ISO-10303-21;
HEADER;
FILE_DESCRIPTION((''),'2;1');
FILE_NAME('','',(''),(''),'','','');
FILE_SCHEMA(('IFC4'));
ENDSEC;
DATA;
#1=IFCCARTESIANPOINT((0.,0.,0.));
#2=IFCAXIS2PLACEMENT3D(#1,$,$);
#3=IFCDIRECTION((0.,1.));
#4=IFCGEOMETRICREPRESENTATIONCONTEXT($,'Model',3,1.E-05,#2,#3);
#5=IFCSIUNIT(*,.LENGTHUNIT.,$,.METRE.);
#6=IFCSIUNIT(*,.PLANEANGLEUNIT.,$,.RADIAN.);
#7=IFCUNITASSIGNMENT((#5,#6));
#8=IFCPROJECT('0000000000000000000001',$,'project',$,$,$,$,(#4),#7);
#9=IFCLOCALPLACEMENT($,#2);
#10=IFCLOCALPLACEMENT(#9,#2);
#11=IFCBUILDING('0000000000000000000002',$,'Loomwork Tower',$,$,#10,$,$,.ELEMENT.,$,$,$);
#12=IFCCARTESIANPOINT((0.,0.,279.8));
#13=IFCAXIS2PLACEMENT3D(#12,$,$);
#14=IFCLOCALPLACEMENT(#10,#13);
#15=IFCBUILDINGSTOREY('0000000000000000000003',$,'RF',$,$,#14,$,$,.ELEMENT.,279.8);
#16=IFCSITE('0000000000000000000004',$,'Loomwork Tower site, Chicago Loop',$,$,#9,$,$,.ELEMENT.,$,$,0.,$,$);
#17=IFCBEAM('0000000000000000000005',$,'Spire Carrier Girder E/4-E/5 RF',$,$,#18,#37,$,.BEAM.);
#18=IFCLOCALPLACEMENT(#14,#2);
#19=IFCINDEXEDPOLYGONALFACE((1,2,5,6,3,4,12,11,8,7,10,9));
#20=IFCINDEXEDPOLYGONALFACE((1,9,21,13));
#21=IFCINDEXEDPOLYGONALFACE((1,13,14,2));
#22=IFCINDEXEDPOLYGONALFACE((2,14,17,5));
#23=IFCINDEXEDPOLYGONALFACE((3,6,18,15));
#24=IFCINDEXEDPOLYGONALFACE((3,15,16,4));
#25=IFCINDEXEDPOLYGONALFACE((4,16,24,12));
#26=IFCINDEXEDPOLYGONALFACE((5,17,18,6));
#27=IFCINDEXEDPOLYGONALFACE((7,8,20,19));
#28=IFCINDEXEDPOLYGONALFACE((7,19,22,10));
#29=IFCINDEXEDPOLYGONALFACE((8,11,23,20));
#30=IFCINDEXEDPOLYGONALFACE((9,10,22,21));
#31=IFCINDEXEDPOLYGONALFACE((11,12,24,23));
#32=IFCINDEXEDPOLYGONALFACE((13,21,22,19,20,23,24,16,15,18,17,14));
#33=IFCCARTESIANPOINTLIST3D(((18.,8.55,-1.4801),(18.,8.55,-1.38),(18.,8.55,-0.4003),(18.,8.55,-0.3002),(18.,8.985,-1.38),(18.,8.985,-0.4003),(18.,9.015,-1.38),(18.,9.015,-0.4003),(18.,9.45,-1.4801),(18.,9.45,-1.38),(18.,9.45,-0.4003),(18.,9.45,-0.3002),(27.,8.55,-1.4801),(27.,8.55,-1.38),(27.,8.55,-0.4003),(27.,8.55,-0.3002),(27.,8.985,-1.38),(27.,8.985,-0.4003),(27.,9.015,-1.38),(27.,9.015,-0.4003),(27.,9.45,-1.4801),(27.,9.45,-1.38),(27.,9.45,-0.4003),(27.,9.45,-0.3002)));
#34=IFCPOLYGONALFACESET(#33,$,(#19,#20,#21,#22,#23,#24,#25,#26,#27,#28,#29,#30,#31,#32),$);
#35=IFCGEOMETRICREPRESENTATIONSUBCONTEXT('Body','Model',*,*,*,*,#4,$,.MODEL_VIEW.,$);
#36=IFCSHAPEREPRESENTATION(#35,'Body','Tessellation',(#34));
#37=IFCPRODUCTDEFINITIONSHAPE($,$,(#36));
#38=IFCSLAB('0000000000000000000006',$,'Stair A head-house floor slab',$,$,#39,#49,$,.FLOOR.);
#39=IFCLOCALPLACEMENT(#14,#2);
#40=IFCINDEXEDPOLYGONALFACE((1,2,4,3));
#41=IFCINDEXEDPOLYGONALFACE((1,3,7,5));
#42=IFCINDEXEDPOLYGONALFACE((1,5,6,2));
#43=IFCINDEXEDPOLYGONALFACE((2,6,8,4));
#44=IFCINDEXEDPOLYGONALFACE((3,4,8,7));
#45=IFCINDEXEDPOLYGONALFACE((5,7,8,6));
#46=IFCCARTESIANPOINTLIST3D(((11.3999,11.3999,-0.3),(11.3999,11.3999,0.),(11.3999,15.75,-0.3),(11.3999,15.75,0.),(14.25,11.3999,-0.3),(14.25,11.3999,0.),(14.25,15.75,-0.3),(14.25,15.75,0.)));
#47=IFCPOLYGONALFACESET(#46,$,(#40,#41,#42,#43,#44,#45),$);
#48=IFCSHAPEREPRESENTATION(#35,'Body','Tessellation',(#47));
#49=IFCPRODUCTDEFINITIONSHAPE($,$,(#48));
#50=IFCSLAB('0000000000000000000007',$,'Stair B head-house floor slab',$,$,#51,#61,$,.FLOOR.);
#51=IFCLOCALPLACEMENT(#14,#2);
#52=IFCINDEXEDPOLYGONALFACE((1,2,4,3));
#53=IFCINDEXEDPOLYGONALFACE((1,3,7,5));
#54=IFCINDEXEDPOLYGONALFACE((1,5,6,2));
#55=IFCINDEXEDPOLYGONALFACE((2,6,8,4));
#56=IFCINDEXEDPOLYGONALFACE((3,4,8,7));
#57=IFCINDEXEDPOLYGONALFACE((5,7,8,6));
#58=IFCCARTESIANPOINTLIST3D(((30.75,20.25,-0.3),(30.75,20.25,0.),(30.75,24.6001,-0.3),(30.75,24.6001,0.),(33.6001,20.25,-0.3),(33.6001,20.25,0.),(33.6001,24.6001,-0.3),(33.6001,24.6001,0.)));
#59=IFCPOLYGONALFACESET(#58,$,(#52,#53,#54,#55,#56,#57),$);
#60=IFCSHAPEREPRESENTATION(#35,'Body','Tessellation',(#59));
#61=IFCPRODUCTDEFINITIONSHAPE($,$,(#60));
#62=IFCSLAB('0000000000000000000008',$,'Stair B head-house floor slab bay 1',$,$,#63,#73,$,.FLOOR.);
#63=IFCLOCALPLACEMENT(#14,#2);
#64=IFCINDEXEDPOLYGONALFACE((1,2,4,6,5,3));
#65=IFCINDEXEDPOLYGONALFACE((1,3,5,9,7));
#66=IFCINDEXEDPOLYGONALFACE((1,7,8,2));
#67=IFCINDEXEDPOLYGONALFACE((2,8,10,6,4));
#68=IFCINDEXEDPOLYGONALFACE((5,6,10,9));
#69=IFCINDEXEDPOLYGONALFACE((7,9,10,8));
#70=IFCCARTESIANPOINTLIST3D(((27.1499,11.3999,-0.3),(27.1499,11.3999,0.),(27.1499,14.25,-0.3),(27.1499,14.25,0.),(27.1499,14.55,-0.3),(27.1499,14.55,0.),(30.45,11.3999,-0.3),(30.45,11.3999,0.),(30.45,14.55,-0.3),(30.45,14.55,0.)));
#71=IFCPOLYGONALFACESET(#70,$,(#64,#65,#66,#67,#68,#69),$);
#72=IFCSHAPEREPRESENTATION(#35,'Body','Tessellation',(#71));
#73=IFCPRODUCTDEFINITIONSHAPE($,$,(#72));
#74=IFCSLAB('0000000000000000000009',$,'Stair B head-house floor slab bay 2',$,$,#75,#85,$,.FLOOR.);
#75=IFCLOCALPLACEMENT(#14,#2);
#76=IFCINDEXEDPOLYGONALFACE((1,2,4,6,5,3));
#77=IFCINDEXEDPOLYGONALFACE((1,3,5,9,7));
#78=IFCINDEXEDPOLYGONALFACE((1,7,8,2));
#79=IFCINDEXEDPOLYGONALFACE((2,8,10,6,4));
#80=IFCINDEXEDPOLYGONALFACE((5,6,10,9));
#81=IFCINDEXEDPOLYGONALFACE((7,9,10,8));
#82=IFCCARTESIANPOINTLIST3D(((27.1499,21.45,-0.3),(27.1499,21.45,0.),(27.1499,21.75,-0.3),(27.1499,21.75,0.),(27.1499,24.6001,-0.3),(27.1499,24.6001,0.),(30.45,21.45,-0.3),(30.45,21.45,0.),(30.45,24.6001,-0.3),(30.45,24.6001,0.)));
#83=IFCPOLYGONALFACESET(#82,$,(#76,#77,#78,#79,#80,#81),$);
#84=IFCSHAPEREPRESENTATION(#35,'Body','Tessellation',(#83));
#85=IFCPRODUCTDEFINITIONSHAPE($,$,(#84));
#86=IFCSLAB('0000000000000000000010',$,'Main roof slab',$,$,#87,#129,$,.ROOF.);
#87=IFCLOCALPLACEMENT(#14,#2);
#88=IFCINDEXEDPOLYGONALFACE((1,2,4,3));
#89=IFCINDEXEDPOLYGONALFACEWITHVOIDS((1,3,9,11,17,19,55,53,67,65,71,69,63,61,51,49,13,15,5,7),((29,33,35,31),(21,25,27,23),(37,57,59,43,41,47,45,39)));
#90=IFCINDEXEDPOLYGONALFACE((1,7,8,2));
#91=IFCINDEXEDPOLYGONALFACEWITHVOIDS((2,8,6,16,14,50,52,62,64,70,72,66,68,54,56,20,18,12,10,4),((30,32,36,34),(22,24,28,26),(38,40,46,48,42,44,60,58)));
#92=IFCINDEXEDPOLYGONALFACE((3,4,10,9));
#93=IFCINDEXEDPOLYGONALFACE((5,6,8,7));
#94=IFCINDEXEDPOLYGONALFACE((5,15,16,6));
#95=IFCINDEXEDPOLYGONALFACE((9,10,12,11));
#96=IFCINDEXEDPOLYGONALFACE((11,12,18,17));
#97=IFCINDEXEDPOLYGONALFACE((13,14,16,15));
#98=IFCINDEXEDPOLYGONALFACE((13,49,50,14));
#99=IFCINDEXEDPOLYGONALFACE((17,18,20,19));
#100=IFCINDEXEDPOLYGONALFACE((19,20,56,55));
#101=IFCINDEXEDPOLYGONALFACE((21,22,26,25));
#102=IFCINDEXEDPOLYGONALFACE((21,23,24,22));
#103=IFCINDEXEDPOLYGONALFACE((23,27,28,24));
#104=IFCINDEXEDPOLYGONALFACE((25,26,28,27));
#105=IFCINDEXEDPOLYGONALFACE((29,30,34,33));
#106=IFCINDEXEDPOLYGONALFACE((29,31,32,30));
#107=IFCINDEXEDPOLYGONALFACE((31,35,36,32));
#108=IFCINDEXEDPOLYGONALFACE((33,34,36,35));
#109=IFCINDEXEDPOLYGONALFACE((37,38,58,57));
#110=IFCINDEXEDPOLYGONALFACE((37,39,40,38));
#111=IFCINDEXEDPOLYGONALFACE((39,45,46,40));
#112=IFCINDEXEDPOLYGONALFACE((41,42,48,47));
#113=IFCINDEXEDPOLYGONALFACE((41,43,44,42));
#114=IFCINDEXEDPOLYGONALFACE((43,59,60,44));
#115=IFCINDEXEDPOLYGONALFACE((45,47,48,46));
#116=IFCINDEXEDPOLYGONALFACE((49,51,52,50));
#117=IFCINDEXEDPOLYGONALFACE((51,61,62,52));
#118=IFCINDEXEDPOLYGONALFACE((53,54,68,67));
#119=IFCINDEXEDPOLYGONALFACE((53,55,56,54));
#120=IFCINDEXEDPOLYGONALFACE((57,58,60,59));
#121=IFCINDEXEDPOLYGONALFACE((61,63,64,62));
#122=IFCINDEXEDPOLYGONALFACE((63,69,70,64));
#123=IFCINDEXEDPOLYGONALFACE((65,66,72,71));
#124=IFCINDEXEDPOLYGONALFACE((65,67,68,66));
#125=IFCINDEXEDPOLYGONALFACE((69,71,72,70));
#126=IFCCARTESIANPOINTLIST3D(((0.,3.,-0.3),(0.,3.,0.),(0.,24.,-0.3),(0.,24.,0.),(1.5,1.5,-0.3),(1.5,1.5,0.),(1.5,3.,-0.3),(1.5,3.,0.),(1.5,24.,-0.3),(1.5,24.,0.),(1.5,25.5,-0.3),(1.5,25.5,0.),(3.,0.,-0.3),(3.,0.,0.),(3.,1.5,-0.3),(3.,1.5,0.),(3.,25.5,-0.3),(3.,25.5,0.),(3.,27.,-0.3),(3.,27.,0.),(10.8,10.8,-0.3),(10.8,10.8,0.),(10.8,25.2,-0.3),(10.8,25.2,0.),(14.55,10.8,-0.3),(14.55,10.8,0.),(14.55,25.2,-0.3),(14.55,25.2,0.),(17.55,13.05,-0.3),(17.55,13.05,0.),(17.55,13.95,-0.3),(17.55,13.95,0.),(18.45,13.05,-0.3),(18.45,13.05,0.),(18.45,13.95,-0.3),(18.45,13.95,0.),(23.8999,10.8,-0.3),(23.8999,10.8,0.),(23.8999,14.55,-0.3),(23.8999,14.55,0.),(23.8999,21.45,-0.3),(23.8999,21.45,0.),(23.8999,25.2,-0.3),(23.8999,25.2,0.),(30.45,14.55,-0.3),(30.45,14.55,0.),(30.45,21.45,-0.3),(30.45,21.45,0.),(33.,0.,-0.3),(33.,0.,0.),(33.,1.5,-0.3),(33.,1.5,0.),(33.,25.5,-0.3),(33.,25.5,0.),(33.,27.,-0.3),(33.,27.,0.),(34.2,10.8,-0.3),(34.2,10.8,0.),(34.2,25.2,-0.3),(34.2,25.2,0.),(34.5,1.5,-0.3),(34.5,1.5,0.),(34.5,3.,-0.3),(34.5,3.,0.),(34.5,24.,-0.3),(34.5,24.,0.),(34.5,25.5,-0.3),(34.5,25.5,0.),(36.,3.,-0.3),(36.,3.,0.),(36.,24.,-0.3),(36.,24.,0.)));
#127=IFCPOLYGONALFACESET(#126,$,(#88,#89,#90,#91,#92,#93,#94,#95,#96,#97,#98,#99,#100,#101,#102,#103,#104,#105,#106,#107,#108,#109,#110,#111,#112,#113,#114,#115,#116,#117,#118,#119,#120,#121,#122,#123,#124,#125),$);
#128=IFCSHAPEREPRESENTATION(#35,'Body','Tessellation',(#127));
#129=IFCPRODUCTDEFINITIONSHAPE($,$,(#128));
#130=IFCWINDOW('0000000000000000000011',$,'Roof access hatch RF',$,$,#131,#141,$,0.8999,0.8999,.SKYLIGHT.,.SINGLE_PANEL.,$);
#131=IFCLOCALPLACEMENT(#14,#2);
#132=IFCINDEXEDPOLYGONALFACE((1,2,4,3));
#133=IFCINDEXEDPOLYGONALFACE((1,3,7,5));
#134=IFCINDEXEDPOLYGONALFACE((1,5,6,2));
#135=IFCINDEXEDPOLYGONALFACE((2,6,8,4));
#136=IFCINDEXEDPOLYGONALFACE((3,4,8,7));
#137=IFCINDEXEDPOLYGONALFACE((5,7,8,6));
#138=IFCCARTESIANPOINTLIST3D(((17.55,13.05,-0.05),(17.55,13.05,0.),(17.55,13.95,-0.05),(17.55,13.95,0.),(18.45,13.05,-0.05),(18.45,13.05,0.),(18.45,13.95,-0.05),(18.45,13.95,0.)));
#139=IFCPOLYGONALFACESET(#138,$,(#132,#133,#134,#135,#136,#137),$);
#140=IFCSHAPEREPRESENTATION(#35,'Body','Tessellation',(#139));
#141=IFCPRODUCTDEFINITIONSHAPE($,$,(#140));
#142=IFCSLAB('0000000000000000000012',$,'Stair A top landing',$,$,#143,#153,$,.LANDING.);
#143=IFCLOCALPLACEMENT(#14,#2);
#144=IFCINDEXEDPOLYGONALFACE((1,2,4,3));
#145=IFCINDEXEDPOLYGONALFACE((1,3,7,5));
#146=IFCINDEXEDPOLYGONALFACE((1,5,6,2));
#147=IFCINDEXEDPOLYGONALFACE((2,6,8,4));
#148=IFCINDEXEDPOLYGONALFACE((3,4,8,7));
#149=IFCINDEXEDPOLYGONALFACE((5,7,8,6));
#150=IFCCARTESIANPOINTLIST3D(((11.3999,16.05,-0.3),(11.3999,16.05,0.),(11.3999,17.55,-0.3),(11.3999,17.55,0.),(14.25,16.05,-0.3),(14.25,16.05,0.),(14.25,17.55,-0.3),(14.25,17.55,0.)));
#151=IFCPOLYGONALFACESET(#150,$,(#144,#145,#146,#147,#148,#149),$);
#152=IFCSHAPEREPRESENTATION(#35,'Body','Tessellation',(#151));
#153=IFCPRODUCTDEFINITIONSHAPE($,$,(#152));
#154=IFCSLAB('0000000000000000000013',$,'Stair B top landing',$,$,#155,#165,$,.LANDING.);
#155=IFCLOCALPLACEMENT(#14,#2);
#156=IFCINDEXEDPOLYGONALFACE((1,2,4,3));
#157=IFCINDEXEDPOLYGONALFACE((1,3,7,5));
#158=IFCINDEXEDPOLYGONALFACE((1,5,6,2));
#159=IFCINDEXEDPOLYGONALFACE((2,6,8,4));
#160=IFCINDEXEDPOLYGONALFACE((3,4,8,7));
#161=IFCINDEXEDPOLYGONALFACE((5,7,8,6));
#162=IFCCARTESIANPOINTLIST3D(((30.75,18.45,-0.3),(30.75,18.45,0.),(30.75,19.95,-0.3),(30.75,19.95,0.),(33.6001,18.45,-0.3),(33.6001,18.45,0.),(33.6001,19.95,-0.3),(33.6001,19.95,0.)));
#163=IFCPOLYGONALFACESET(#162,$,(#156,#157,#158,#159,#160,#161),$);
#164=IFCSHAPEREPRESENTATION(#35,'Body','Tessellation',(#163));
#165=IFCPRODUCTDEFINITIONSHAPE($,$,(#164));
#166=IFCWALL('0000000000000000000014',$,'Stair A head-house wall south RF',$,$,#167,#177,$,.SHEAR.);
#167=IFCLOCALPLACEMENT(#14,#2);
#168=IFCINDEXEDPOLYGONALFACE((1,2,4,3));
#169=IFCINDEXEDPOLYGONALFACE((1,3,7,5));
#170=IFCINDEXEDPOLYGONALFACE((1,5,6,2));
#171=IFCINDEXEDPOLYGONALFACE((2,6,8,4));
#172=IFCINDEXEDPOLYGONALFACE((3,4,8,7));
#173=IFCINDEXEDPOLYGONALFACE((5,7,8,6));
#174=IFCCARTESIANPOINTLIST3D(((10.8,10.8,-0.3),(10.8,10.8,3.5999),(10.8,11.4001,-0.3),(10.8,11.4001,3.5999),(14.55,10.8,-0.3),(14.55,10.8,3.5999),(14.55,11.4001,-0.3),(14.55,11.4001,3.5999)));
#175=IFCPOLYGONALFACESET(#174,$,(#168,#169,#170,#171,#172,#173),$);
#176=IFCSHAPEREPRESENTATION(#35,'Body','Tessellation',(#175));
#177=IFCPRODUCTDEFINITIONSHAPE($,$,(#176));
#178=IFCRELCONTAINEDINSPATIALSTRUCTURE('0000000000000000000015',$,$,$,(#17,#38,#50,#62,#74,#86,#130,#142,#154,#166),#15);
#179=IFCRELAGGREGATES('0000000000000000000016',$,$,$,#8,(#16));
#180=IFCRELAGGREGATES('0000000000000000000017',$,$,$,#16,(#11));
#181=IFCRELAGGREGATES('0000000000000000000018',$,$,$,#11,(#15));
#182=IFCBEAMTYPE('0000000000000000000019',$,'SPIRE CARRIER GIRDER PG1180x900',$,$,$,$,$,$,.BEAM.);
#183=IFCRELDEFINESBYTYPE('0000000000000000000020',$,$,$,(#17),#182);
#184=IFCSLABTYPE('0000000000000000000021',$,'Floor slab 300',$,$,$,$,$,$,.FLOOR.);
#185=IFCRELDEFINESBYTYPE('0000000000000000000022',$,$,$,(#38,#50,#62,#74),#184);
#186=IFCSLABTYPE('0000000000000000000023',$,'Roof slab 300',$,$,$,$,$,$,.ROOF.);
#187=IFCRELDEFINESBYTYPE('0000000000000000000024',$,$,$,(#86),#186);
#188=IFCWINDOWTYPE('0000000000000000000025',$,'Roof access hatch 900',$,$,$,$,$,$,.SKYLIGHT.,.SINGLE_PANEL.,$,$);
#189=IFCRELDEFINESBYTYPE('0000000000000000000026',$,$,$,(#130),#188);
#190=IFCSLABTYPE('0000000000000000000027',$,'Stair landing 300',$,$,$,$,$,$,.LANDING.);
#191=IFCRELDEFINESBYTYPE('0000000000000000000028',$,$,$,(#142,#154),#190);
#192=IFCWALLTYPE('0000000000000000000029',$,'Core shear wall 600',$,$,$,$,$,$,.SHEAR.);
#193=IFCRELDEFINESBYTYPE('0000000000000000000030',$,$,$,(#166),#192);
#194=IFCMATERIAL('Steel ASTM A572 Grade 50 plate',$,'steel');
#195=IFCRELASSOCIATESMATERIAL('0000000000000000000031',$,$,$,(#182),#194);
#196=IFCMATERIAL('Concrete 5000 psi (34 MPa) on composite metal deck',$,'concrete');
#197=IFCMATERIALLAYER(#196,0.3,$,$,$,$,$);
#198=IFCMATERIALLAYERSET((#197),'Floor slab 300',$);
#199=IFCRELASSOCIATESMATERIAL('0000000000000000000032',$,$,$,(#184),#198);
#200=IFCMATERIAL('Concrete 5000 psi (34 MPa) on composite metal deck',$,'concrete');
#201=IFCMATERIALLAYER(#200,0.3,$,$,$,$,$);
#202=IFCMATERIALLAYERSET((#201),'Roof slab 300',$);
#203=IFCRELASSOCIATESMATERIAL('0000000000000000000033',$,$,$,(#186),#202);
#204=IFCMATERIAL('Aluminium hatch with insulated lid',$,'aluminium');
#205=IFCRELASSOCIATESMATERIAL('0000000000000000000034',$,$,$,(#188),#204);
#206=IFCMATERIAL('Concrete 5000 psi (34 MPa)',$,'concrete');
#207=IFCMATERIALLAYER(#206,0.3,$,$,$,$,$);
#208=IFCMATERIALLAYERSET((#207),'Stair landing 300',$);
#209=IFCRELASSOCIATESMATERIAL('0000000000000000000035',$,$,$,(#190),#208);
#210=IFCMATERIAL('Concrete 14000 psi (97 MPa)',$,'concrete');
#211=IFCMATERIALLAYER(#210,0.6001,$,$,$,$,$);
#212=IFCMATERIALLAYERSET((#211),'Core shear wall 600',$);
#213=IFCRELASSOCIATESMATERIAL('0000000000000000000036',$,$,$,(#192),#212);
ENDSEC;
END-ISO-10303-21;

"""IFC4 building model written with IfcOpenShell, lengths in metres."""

from ifc_helpers import new_model, si_unit, direction, frame, frame_2d, origin, origin_2d, place, context, subcontext, project, spatial, polyline, rectangle, i_section, outline, extrude, material, layer, layer_set, material_profile, profile_set, type_object, element, fill, save


model = new_model("IFC4")

# Units and contexts
model_context = context("Model", 3, precision=1e-05, world=origin(), true_north=direction((0.0, 1.0)))
body_context = subcontext(model_context, "Body", "Model", "MODEL_VIEW")
ifc_project = project(units=[si_unit("LENGTHUNIT", "METRE"), si_unit("PLANEANGLEUNIT", "RADIAN")], contexts=[model_context])

# Site, building, storey
site_placement = place(None, origin())
site = spatial("IfcSite", under=ifc_project, at=site_placement, Name="Loomwork Tower site, Chicago Loop", CompositionType="ELEMENT", RefElevation=0.0)
building_placement = place(site_placement, origin())
building = spatial("IfcBuilding", under=site, at=building_placement, Name="Loomwork Tower", CompositionType="ELEMENT")
storey_placement = place(building_placement, frame((0.0, 0.0, 279.8)))
storey = spatial("IfcBuildingStorey", under=building, at=storey_placement, Name="RF", CompositionType="ELEMENT", Elevation=279.8)

# Beam
ifc_material_1 = material(Name="Steel ASTM A572 Grade 50 plate", Category="steel")
ifc_material_profile_1 = material_profile(ifc_material_1, i_section(OverallWidth=0.8999, OverallDepth=1.1799, WebThickness=0.03, FlangeThickness=0.1001, at=origin_2d()), Name="PG1180x900")
ifc_profile_set_1 = profile_set([ifc_material_profile_1], Name="Steel ASTM A572 Grade 50 plate")
beam_type_1 = type_object("IfcBeamType", Name="SPIRE CARRIER GIRDER PG1180x900", PredefinedType="BEAM", material=ifc_profile_set_1)
beam_1_placement = place(storey_placement, frame((18.0, 9.0, -0.8901), z_axis=(1.0, 0.0, 0.0), x_axis=(0.0, 1.0, 0.0)))
element("IfcBeam", 1, at=beam_1_placement, inside=storey, type_object=beam_type_1, Name="Spire Carrier Girder E/4-E/5 RF", PredefinedType="BEAM", context=body_context, shape_type="SweptSolid", body=[
    extrude(i_section(OverallWidth=0.8999, OverallDepth=1.1799, WebThickness=0.03, FlangeThickness=0.1001, at=origin_2d()), origin(), (0.0, 0.0, 1.0), 9.0),
])

# Slabs
ifc_material_2 = material(Name="Concrete 5000 psi (34 MPa) on composite metal deck", Category="concrete")
ifc_layer_1 = layer(ifc_material_2, 0.3)
ifc_layer_set_1 = layer_set([ifc_layer_1], Name="Floor slab 300")
slab_type_1 = type_object("IfcSlabType", Name="Floor slab 300", PredefinedType="FLOOR", material=ifc_layer_set_1)
slab_1_placement = place(storey_placement, frame((0.0, 0.0, -0.3)))
element("IfcSlab", 2, at=slab_1_placement, inside=storey, type_object=slab_type_1, Name="Stair A head-house floor slab", PredefinedType="FLOOR", context=body_context, shape_type="SweptSolid", body=[
    extrude(outline(polyline([(14.25, 11.3999), (11.3999, 11.3999), (11.3999, 15.75), (14.25, 15.75), (14.25, 11.3999)])), origin(), (0.0, 0.0, 1.0), 0.3),
])
slab_2_placement = place(storey_placement, frame((0.0, 0.0, -0.3)))
element("IfcSlab", 3, at=slab_2_placement, inside=storey, type_object=slab_type_1, Name="Stair B head-house floor slab", PredefinedType="FLOOR", context=body_context, shape_type="SweptSolid", body=[
    extrude(outline(polyline([(33.6001, 20.25), (30.75, 20.25), (30.75, 24.6001), (33.6001, 24.6001), (33.6001, 20.25)])), origin(), (0.0, 0.0, 1.0), 0.3),
])
slab_3_placement = place(storey_placement, frame((0.0, 0.0, -0.3)))
element("IfcSlab", 4, at=slab_3_placement, inside=storey, type_object=slab_type_1, Name="Stair B head-house floor slab bay 1", PredefinedType="FLOOR", context=body_context, shape_type="SweptSolid", body=[
    extrude(outline(polyline([(30.45, 14.55), (30.45, 11.3999), (27.1499, 11.3999), (27.1499, 14.25), (27.1499, 14.55), (30.45, 14.55)])), origin(), (0.0, 0.0, 1.0), 0.3),
])
slab_4_placement = place(storey_placement, frame((0.0, 0.0, -0.3)))
element("IfcSlab", 5, at=slab_4_placement, inside=storey, type_object=slab_type_1, Name="Stair B head-house floor slab bay 2", PredefinedType="FLOOR", context=body_context, shape_type="SweptSolid", body=[
    extrude(outline(polyline([(27.1499, 21.45), (27.1499, 21.75), (27.1499, 24.6001), (30.45, 24.6001), (30.45, 21.45), (27.1499, 21.45)])), origin(), (0.0, 0.0, 1.0), 0.3),
])

# Slab, opening, window
ifc_material_3 = material(Name="Concrete 5000 psi (34 MPa) on composite metal deck", Category="concrete")
ifc_layer_2 = layer(ifc_material_3, 0.3)
ifc_layer_set_2 = layer_set([ifc_layer_2], Name="Roof slab 300")
slab_type_2 = type_object("IfcSlabType", Name="Roof slab 300", PredefinedType="ROOF", material=ifc_layer_set_2)
slab_5_placement = place(storey_placement, frame((0.0, 0.0, -0.3)))
slab_5 = element("IfcSlab", 6, at=slab_5_placement, inside=storey, type_object=slab_type_2, Name="Main roof slab", PredefinedType="ROOF", context=body_context, shape_type="SweptSolid", body=[
    extrude(outline(polyline([(3.0, 1.5), (1.5, 1.5), (1.5, 3.0), (0.0, 3.0), (0.0, 24.0), (1.5, 24.0), (1.5, 25.5), (3.0, 25.5), (3.0, 27.0), (33.0, 27.0), (33.0, 25.5), (34.5, 25.5), (34.5, 24.0), (36.0, 24.0), (36.0, 3.0), (34.5, 3.0), (34.5, 1.5), (33.0, 1.5), (33.0, 0.0), (3.0, 0.0), (3.0, 1.5)]), holes=[polyline([(14.55, 10.8), (14.55, 25.2), (10.8, 25.2), (10.8, 10.8), (14.55, 10.8)]), polyline([(23.8999, 10.8), (30.45, 10.8), (30.6001, 10.8), (34.2, 10.8), (34.2, 25.2), (30.6001, 25.2), (30.45, 25.2), (23.8999, 25.2), (23.8999, 21.45), (30.45, 21.45), (30.45, 14.55), (23.8999, 14.55), (23.8999, 10.8)])]), origin(), (0.0, 0.0, 1.0), 0.3),
])
opening_placement = place(slab_5_placement, frame((18.0, 13.5, 0.0)))
opening = element("IfcOpeningElement", 7, at=opening_placement, cuts=slab_5, PredefinedType="OPENING", context=body_context, shape_type="SweptSolid", body=[
    extrude(rectangle(XDim=0.8999, YDim=0.8999, at=origin_2d()), origin(), (0.0, 0.0, 1.0), 0.3),
])
ifc_material_4 = material(Name="Aluminium hatch with insulated lid", Category="aluminium")
window_type = type_object("IfcWindowType", Name="Roof access hatch 900", PartitioningType="SINGLE_PANEL", PredefinedType="SKYLIGHT", material=ifc_material_4)
window_placement = place(opening_placement, frame((0.0, 0.0, 0.25)))
window = element("IfcWindow", 8, at=window_placement, inside=storey, type_object=window_type, Name="Roof access hatch RF", OverallHeight=0.8999, OverallWidth=0.8999, PartitioningType="SINGLE_PANEL", PredefinedType="SKYLIGHT", context=body_context, shape_type="SweptSolid", body=[
    extrude(rectangle(XDim=0.8999, YDim=0.8999, at=origin_2d()), origin(), (0.0, 0.0, 1.0), 0.05),
])
fill(opening, window)

# Slabs
ifc_material_5 = material(Name="Concrete 5000 psi (34 MPa)", Category="concrete")
ifc_layer_3 = layer(ifc_material_5, 0.3)
ifc_layer_set_3 = layer_set([ifc_layer_3], Name="Stair landing 300")
slab_type_3 = type_object("IfcSlabType", Name="Stair landing 300", PredefinedType="LANDING", material=ifc_layer_set_3)
slab_6_placement = place(storey_placement, frame((0.0, 0.0, -0.3)))
element("IfcSlab", 9, at=slab_6_placement, inside=storey, type_object=slab_type_3, Name="Stair A top landing", PredefinedType="LANDING", context=body_context, shape_type="SweptSolid", body=[
    extrude(outline(polyline([(11.3999, 16.05), (14.25, 16.05), (14.25, 17.55), (11.3999, 17.55), (11.3999, 16.05)])), origin(), (0.0, 0.0, 1.0), 0.3),
])
slab_7_placement = place(storey_placement, frame((0.0, 0.0, -0.3)))
element("IfcSlab", 10, at=slab_7_placement, inside=storey, type_object=slab_type_3, Name="Stair B top landing", PredefinedType="LANDING", context=body_context, shape_type="SweptSolid", body=[
    extrude(outline(polyline([(30.75, 18.45), (33.6001, 18.45), (33.6001, 19.95), (30.75, 19.95), (30.75, 18.45)])), origin(), (0.0, 0.0, 1.0), 0.3),
])

# Wall
ifc_material_6 = material(Name="Concrete 14000 psi (97 MPa)", Category="concrete")
ifc_layer_4 = layer(ifc_material_6, 0.6001)
ifc_layer_set_4 = layer_set([ifc_layer_4], Name="Core shear wall 600")
wall_type_1 = type_object("IfcWallType", Name="Core shear wall 600", PredefinedType="SHEAR", material=ifc_layer_set_4)
wall_1_placement = place(storey_placement, frame((10.8, 11.1001, -0.3), z_axis=(0.0, 0.0, 1.0), x_axis=(1.0, 0.0, 0.0)))
element("IfcWall", 11, at=wall_1_placement, inside=storey, type_object=wall_type_1, Name="Stair A head-house wall south RF", PredefinedType="SHEAR", context=body_context, shape_type="SweptSolid", body=[
    extrude(rectangle(XDim=3.75, YDim=0.6001, at=frame_2d((1.875, 0.0))), origin(), (0.0, 0.0, 1.0), 3.8999),
])

save(model, "model.ifc")
